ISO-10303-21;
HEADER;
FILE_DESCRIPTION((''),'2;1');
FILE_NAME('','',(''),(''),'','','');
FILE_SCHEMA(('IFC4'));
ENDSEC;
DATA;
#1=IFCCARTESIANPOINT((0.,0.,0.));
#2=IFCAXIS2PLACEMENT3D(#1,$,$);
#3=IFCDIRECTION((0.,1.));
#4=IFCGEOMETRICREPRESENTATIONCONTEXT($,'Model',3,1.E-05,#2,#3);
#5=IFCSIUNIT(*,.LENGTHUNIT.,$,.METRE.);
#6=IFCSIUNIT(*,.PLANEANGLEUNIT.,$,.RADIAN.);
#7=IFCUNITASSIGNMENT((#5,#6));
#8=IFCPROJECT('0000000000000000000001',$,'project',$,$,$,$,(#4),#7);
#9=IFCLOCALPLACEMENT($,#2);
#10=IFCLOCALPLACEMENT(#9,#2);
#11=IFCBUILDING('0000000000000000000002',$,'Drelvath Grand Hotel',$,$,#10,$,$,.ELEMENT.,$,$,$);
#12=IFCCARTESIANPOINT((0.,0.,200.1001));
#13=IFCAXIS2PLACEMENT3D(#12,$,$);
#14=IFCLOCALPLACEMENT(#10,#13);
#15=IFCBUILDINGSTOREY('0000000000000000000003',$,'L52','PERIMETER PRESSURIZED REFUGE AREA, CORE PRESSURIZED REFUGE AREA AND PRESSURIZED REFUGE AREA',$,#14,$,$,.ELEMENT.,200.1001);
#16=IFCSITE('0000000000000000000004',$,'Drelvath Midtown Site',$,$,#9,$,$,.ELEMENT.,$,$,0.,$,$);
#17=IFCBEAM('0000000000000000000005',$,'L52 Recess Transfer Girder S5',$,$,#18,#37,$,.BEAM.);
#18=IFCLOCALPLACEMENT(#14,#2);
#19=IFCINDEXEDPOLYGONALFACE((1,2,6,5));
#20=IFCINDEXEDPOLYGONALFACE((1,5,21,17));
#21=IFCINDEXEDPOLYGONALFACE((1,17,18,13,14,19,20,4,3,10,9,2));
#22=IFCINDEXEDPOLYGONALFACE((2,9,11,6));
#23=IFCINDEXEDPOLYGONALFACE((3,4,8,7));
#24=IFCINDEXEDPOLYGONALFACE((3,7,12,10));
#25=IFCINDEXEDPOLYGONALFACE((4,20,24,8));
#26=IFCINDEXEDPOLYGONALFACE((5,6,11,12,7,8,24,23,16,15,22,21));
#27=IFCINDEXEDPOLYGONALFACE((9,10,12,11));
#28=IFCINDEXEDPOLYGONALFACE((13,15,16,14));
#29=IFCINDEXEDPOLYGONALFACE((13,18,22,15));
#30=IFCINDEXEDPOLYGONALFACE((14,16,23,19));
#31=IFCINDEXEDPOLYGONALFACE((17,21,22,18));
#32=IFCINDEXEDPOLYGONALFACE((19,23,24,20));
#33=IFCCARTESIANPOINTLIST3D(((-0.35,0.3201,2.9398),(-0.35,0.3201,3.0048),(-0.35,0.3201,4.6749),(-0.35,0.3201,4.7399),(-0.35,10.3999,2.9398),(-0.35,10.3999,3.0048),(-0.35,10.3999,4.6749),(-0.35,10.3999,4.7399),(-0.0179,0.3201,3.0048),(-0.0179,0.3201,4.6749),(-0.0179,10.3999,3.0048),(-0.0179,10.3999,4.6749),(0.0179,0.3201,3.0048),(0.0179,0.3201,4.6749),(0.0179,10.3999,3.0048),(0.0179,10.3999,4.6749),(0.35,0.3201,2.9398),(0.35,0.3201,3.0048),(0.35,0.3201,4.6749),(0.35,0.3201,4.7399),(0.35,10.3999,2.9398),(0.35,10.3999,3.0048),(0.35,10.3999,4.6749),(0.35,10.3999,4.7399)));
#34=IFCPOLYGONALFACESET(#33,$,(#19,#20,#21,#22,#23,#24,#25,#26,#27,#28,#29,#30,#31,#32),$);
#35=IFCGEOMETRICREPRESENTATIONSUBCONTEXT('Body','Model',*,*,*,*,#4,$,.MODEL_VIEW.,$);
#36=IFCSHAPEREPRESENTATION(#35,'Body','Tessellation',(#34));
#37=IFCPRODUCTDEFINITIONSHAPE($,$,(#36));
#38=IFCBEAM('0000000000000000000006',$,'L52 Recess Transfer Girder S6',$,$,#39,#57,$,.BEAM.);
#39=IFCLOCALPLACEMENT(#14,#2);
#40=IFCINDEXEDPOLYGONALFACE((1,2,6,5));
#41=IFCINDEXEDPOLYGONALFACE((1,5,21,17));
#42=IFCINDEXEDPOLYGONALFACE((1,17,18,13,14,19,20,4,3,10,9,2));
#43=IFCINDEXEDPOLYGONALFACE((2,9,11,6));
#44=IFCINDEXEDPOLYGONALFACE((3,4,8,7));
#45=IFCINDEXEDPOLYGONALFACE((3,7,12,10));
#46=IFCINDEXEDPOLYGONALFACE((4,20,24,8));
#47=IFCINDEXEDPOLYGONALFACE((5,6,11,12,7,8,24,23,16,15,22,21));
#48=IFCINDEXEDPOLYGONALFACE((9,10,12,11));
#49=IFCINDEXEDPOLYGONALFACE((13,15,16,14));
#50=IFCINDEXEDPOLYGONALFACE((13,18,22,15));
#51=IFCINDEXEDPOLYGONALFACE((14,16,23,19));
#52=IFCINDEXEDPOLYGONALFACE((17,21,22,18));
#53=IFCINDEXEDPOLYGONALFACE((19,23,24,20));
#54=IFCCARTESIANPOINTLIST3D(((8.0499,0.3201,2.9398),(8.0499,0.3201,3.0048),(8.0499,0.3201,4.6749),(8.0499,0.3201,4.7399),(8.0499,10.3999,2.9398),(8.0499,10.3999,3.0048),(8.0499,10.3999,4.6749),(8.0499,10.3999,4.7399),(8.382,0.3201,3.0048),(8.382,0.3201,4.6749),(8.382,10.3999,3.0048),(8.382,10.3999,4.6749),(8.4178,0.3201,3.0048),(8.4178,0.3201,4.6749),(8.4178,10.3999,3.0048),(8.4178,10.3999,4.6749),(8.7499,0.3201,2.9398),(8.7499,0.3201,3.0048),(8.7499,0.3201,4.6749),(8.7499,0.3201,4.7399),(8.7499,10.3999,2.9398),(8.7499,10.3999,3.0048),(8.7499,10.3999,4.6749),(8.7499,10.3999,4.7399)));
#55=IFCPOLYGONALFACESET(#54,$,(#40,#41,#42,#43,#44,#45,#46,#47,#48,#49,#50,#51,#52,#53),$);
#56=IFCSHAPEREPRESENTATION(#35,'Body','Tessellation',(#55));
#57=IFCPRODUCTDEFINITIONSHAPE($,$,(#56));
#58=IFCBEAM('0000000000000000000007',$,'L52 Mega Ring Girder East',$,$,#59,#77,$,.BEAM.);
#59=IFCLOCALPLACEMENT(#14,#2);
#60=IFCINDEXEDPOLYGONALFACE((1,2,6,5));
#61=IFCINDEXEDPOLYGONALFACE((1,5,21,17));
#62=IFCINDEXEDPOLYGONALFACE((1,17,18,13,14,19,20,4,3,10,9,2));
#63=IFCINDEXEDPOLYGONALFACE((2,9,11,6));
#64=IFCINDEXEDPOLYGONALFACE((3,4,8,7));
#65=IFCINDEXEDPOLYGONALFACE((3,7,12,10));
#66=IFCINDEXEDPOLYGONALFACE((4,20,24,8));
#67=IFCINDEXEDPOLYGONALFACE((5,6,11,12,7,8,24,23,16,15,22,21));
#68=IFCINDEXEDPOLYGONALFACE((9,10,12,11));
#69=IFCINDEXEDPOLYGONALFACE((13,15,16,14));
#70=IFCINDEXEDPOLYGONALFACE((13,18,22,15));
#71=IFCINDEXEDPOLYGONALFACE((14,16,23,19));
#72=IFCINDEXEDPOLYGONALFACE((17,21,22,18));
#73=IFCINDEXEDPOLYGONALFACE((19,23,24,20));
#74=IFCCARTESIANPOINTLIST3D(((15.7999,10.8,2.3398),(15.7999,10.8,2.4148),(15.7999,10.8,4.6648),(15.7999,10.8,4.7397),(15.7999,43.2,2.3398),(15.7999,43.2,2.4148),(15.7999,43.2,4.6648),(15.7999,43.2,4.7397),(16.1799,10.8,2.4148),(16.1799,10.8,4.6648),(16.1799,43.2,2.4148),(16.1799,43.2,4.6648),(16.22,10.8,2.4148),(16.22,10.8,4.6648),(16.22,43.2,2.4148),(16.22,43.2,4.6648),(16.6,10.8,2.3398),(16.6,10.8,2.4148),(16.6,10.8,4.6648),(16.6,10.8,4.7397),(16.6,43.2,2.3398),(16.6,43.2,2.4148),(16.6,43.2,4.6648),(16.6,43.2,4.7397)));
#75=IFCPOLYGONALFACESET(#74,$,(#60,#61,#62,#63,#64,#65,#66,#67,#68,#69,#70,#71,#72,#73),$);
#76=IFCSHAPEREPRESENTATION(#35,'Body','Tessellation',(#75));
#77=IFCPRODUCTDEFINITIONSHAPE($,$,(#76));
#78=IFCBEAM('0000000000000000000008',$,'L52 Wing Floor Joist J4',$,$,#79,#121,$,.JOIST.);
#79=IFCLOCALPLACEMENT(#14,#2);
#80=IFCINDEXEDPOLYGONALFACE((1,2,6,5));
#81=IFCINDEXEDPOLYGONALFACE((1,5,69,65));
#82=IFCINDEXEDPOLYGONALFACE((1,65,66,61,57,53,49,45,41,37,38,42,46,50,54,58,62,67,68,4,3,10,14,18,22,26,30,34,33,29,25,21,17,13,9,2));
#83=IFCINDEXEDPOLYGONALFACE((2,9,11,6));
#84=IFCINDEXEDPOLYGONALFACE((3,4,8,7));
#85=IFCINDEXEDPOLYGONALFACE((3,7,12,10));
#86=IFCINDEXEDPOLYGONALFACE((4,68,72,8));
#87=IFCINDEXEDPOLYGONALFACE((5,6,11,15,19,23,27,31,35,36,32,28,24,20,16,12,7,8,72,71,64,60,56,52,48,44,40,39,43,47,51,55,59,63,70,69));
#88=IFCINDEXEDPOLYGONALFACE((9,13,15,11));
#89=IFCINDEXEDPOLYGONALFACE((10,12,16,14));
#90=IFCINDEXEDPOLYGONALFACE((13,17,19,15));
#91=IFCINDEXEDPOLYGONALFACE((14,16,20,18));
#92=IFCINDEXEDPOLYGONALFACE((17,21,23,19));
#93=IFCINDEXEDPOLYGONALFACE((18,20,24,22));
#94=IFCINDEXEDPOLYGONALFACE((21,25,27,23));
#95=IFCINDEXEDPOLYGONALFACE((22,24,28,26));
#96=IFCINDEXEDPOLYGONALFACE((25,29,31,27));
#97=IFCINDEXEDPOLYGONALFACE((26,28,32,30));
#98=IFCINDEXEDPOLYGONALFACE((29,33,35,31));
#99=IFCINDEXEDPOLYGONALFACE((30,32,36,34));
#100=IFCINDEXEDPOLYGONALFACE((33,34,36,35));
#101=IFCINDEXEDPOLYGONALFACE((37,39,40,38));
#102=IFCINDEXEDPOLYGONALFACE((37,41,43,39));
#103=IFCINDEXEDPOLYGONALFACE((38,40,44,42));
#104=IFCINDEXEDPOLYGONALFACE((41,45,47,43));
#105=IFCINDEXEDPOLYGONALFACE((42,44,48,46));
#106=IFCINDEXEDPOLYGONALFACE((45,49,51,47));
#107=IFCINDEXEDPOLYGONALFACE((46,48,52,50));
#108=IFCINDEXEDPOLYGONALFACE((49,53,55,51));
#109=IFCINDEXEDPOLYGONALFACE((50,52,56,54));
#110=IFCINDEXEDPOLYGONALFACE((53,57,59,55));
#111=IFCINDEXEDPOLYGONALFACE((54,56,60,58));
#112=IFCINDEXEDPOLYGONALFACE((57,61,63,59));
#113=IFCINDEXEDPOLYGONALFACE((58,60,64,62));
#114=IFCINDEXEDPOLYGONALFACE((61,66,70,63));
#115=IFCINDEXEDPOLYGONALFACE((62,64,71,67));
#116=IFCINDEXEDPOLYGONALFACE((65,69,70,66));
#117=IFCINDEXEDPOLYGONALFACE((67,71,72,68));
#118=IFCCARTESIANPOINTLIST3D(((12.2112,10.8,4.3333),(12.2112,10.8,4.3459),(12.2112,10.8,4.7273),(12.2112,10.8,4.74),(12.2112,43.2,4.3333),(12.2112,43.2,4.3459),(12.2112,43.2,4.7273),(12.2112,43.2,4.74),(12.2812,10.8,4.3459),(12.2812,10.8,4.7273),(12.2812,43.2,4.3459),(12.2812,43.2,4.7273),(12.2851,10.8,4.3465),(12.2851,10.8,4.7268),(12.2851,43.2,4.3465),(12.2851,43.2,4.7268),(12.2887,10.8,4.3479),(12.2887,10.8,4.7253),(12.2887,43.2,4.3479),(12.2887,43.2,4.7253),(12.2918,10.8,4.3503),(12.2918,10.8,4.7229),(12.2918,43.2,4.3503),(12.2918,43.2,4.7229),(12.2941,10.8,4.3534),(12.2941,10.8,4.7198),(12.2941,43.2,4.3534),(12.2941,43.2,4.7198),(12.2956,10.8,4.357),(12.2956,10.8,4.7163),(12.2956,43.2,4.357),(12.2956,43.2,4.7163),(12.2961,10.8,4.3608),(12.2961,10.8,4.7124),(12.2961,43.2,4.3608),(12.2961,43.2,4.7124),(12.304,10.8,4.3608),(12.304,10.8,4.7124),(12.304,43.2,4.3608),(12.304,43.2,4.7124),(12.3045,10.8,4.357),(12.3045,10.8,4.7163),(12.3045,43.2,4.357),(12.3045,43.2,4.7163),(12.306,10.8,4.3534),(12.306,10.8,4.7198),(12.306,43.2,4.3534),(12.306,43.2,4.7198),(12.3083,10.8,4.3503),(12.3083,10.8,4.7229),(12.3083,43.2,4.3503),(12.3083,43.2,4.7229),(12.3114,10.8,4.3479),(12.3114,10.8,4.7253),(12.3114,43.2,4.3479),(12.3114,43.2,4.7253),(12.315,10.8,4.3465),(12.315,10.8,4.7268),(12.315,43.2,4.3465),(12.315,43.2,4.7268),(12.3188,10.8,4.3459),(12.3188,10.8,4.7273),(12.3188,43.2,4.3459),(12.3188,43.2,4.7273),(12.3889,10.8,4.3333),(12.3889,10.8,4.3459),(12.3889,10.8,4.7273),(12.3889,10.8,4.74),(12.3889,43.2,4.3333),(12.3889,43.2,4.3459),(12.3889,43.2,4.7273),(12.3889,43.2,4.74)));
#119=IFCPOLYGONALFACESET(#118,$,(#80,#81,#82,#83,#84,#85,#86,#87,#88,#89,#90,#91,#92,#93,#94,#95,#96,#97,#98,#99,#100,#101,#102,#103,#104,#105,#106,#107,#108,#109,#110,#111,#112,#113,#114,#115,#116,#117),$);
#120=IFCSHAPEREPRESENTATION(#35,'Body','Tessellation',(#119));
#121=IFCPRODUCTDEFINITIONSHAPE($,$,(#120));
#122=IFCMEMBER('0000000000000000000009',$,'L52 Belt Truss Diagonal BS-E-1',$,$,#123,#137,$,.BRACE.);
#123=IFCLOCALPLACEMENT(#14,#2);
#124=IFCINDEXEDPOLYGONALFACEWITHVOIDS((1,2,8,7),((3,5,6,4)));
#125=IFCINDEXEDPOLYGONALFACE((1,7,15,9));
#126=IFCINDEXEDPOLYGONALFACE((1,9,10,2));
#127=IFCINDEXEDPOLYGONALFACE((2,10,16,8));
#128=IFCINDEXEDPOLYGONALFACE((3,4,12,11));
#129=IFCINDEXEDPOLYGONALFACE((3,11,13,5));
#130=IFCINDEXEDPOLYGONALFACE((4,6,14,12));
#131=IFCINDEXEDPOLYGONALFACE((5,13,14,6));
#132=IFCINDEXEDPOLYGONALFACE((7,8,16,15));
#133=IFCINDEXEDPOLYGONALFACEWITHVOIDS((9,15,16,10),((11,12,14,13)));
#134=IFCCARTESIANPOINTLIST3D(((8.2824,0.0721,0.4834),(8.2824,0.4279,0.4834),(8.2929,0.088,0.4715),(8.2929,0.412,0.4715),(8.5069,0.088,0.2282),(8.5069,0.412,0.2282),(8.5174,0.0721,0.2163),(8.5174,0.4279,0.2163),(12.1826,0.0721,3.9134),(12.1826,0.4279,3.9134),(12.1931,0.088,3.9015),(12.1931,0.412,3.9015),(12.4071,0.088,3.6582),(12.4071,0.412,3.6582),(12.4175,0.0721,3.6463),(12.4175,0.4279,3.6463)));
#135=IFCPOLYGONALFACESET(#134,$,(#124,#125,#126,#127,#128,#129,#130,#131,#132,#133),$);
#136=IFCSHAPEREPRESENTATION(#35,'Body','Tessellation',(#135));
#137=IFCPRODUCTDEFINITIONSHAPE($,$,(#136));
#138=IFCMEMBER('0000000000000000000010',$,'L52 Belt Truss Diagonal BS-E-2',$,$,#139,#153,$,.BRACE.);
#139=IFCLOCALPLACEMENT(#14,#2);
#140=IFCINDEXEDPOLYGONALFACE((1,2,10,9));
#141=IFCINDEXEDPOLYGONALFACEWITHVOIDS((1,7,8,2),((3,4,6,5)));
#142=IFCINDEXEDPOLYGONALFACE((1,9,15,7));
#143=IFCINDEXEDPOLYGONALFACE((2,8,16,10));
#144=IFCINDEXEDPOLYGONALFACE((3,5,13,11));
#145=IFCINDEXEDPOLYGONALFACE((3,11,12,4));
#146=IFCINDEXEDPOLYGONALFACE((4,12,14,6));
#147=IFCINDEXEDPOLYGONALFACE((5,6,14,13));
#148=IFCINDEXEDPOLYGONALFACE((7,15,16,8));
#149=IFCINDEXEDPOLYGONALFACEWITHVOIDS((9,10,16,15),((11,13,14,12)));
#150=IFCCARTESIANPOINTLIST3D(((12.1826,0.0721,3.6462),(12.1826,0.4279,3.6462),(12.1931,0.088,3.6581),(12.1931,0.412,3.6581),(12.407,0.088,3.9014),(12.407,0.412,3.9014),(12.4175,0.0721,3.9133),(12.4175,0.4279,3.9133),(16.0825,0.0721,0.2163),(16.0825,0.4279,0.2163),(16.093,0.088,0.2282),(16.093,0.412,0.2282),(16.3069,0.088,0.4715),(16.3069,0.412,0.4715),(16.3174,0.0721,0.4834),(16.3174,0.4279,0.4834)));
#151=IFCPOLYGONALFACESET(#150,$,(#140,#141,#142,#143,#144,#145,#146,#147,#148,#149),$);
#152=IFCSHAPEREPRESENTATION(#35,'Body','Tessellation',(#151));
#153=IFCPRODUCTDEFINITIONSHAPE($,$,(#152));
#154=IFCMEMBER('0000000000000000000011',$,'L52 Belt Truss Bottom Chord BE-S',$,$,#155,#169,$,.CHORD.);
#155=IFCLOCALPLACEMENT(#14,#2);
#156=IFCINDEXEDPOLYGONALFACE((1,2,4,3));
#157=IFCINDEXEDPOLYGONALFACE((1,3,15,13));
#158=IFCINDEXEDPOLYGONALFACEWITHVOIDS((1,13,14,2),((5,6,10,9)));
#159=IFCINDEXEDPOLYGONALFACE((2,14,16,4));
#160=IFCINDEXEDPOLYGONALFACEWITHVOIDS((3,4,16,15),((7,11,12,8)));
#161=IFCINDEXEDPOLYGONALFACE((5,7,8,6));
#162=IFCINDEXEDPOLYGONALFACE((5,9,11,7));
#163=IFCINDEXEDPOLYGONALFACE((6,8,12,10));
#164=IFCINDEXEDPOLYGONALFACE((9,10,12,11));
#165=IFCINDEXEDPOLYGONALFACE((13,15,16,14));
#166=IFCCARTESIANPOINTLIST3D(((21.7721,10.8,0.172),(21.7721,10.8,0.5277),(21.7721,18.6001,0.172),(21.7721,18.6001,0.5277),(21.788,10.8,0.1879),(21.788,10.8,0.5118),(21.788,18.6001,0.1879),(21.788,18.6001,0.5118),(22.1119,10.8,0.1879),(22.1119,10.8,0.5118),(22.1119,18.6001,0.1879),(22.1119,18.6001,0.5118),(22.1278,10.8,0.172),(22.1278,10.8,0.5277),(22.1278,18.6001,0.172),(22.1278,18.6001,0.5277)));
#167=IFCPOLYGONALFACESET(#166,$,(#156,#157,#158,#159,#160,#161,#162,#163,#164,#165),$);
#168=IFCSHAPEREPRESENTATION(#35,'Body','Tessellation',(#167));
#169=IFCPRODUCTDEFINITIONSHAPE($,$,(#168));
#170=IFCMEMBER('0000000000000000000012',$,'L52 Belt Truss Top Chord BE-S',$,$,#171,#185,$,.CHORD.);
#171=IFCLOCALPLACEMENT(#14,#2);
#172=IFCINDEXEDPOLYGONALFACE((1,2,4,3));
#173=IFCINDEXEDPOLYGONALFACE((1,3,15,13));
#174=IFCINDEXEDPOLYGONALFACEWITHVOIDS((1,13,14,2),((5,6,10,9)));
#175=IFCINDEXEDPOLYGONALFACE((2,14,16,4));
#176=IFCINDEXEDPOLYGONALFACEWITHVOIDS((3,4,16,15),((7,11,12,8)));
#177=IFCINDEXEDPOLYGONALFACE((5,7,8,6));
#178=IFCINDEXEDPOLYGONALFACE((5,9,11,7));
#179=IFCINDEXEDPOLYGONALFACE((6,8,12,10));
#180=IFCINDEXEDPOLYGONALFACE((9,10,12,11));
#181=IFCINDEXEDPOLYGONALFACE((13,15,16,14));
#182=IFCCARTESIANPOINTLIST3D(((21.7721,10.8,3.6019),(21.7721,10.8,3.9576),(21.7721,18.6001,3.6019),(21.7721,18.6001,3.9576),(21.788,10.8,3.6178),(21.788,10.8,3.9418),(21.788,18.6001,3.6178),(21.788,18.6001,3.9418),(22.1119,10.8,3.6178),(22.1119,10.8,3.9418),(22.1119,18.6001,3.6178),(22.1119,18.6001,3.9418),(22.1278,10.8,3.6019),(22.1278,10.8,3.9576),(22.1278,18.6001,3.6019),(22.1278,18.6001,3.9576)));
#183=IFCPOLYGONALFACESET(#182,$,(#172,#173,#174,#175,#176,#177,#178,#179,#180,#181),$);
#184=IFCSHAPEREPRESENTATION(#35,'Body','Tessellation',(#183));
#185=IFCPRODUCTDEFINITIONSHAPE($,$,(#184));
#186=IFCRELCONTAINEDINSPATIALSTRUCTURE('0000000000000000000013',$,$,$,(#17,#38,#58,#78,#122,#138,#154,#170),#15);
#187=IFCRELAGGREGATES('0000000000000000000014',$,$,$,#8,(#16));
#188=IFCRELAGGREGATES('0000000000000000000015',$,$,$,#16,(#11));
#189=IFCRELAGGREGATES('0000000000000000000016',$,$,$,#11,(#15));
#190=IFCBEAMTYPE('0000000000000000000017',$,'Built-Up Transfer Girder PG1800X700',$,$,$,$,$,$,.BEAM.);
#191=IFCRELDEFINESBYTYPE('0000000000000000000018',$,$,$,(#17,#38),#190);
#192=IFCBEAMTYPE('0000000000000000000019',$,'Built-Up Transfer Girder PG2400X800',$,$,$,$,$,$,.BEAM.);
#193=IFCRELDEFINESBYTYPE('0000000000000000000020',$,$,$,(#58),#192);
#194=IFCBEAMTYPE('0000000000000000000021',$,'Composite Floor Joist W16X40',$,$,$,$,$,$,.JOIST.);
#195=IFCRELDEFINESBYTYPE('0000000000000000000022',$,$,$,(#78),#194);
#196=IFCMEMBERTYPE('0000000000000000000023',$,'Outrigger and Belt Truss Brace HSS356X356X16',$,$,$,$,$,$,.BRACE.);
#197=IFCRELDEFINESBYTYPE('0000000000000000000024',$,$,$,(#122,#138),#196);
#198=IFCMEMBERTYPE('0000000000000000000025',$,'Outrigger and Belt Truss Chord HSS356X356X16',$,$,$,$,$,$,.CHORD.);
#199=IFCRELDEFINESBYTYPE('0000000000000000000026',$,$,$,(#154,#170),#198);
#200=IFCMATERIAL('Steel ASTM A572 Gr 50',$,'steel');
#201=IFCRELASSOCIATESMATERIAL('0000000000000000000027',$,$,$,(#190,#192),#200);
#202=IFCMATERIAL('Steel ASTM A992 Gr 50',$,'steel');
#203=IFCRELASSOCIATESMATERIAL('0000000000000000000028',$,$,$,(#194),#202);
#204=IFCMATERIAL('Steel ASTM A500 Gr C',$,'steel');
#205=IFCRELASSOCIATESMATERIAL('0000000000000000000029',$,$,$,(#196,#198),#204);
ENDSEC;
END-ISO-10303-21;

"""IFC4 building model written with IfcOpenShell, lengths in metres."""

from ifc_helpers import new_model, si_unit, direction, frame, origin, origin_2d, place, context, subcontext, project, spatial, hollow_rectangle, i_section, extrude, material, material_profile, profile_set, type_object, element, save


model = new_model("IFC4")

# Units and contexts
model_context = context("Model", 3, precision=1e-05, world=origin(), true_north=direction((0.0, 1.0)))
body_context = subcontext(model_context, "Body", "Model", "MODEL_VIEW")
ifc_project = project(units=[si_unit("LENGTHUNIT", "METRE"), si_unit("PLANEANGLEUNIT", "RADIAN")], contexts=[model_context])

# Site, building, storey
site_placement = place(None, origin())
site = spatial("IfcSite", under=ifc_project, at=site_placement, Name="Drelvath Midtown Site", CompositionType="ELEMENT", RefElevation=0.0)
building_placement = place(site_placement, origin())
building = spatial("IfcBuilding", under=site, at=building_placement, Name="Drelvath Grand Hotel", CompositionType="ELEMENT")
storey_placement = place(building_placement, frame((0.0, 0.0, 200.1001)))
storey = spatial("IfcBuildingStorey", under=building, at=storey_placement, Name="L52", Description="PERIMETER PRESSURIZED REFUGE AREA, CORE PRESSURIZED REFUGE AREA AND PRESSURIZED REFUGE AREA", CompositionType="ELEMENT", Elevation=200.1001)

# Beams
ifc_material_1 = material(Name="Steel ASTM A572 Gr 50", Category="steel")
ifc_material_profile_1 = material_profile(ifc_material_1, i_section(OverallWidth=0.7, OverallDepth=1.8, WebThickness=0.0359, FlangeThickness=0.0649, at=origin_2d()), Name="PG1800X700")
ifc_profile_set_1 = profile_set([ifc_material_profile_1], Name="Steel ASTM A572 Gr 50")
beam_type_1 = type_object("IfcBeamType", Name="Built-Up Transfer Girder PG1800X700", PredefinedType="BEAM", material=ifc_profile_set_1)
for number, where, z_axis, x_axis, name in (
    (1, (0.0, 0.3201, 3.8398), (0.0, 1.0, 0.0), (-1.0, 0.0, 0.0), "L52 Recess Transfer Girder S5"),
    (2, (8.3999, 0.3201, 3.8398), (0.0, 1.0, 0.0), (-1.0, 0.0, 0.0), "L52 Recess Transfer Girder S6"),
):
    element("IfcBeam", number, at=place(storey_placement, frame(where, z_axis=z_axis, x_axis=x_axis)), inside=storey, type_object=beam_type_1, Name=name, PredefinedType="BEAM", context=body_context, shape_type="SweptSolid", body=[
        extrude(i_section(OverallWidth=0.7, OverallDepth=1.8, WebThickness=0.0359, FlangeThickness=0.0649, at=origin_2d()), origin(), (0.0, 0.0, 1.0), 10.0798),
    ])
ifc_material_profile_2 = material_profile(ifc_material_1, i_section(OverallWidth=0.8, OverallDepth=2.3999, WebThickness=0.04, FlangeThickness=0.075, at=origin_2d()), Name="PG2400X800")
ifc_profile_set_2 = profile_set([ifc_material_profile_2], Name="Steel ASTM A572 Gr 50")
beam_type_2 = type_object("IfcBeamType", Name="Built-Up Transfer Girder PG2400X800", PredefinedType="BEAM", material=ifc_profile_set_2)
beam_1_placement = place(storey_placement, frame((16.2, 10.8, 3.5398), z_axis=(0.0, 1.0, 0.0), x_axis=(-1.0, 0.0, 0.0)))
element("IfcBeam", 3, at=beam_1_placement, inside=storey, type_object=beam_type_2, Name="L52 Mega Ring Girder East", PredefinedType="BEAM", context=body_context, shape_type="SweptSolid", body=[
    extrude(i_section(OverallWidth=0.8, OverallDepth=2.3999, WebThickness=0.04, FlangeThickness=0.075, at=origin_2d()), origin(), (0.0, 0.0, 1.0), 32.3999),
])
ifc_material_2 = material(Name="Steel ASTM A992 Gr 50", Category="steel")
ifc_material_profile_3 = material_profile(ifc_material_2, i_section(OverallWidth=0.1777, OverallDepth=0.4067, WebThickness=0.0078, FlangeThickness=0.0127, FilletRadius=0.0149, at=origin_2d()), Name="W16X40")
ifc_profile_set_3 = profile_set([ifc_material_profile_3], Name="Steel ASTM A992 Gr 50")
beam_type_3 = type_object("IfcBeamType", Name="Composite Floor Joist W16X40", PredefinedType="JOIST", material=ifc_profile_set_3)
beam_2_placement = place(storey_placement, frame((12.3, 10.8, 4.5366), z_axis=(0.0, 1.0, 0.0), x_axis=(-1.0, 0.0, 0.0)))
element("IfcBeam", 4, at=beam_2_placement, inside=storey, type_object=beam_type_3, Name="L52 Wing Floor Joist J4", PredefinedType="JOIST", context=body_context, shape_type="SweptSolid", body=[
    extrude(i_section(OverallWidth=0.1777, OverallDepth=0.4067, WebThickness=0.0078, FlangeThickness=0.0127, FilletRadius=0.0149, at=origin_2d()), origin(), (0.0, 0.0, 1.0), 32.3999),
])

# Members
ifc_material_3 = material(Name="Steel ASTM A500 Gr C", Category="steel")
ifc_material_profile_4 = material_profile(ifc_material_3, hollow_rectangle(XDim=0.3557, YDim=0.3557, WallThickness=0.0159, at=origin_2d()), Name="HSS356X356X16")
ifc_profile_set_4 = profile_set([ifc_material_profile_4], Name="Steel ASTM A500 Gr C")
member_type_1 = type_object("IfcMemberType", Name="Outrigger and Belt Truss Brace HSS356X356X16", PredefinedType="BRACE", material=ifc_profile_set_4)
member_1_placement = place(storey_placement, frame((8.3999, 0.25, 0.3499), z_axis=(0.750923, 0.0, 0.660389), x_axis=(0.0, 1.0, 0.0)))
element("IfcMember", 5, at=member_1_placement, inside=storey, type_object=member_type_1, Name="L52 Belt Truss Diagonal BS-E-1", PredefinedType="BRACE", context=body_context, shape_type="SweptSolid", body=[
    extrude(hollow_rectangle(XDim=0.3557, YDim=0.3557, WallThickness=0.0159, at=origin_2d()), origin(), (0.0, 0.0, 1.0), 5.1938),
])
member_2_placement = place(storey_placement, frame((12.3, 0.25, 3.7798), z_axis=(0.750903, 0.0, -0.660413), x_axis=(0.0, 1.0, 0.0)))
element("IfcMember", 6, at=member_2_placement, inside=storey, type_object=member_type_1, Name="L52 Belt Truss Diagonal BS-E-2", PredefinedType="BRACE", context=body_context, shape_type="SweptSolid", body=[
    extrude(hollow_rectangle(XDim=0.3557, YDim=0.3557, WallThickness=0.0159, at=origin_2d()), origin(), (0.0, 0.0, 1.0), 5.1936),
])
ifc_material_profile_5 = material_profile(ifc_material_3, hollow_rectangle(XDim=0.3557, YDim=0.3557, WallThickness=0.0159, at=origin_2d()), Name="HSS356X356X16")
ifc_profile_set_5 = profile_set([ifc_material_profile_5], Name="Steel ASTM A500 Gr C")
member_type_2 = type_object("IfcMemberType", Name="Outrigger and Belt Truss Chord HSS356X356X16", PredefinedType="CHORD", material=ifc_profile_set_5)
for number, where, z_axis, x_axis, name in (
    (7, (21.95, 10.8, 0.3499), (0.0, 1.0, 0.0), (-1.0, 0.0, 0.0), "L52 Belt Truss Bottom Chord BE-S"),
    (8, (21.95, 10.8, 3.7798), (0.0, 1.0, 0.0), (-1.0, 0.0, 0.0), "L52 Belt Truss Top Chord BE-S"),
):
    element("IfcMember", number, at=place(storey_placement, frame(where, z_axis=z_axis, x_axis=x_axis)), inside=storey, type_object=member_type_2, Name=name, PredefinedType="CHORD", context=body_context, shape_type="SweptSolid", body=[
        extrude(hollow_rectangle(XDim=0.3557, YDim=0.3557, WallThickness=0.0159, at=origin_2d()), origin(), (0.0, 0.0, 1.0), 7.8),
    ])

save(model, "model.ifc")
